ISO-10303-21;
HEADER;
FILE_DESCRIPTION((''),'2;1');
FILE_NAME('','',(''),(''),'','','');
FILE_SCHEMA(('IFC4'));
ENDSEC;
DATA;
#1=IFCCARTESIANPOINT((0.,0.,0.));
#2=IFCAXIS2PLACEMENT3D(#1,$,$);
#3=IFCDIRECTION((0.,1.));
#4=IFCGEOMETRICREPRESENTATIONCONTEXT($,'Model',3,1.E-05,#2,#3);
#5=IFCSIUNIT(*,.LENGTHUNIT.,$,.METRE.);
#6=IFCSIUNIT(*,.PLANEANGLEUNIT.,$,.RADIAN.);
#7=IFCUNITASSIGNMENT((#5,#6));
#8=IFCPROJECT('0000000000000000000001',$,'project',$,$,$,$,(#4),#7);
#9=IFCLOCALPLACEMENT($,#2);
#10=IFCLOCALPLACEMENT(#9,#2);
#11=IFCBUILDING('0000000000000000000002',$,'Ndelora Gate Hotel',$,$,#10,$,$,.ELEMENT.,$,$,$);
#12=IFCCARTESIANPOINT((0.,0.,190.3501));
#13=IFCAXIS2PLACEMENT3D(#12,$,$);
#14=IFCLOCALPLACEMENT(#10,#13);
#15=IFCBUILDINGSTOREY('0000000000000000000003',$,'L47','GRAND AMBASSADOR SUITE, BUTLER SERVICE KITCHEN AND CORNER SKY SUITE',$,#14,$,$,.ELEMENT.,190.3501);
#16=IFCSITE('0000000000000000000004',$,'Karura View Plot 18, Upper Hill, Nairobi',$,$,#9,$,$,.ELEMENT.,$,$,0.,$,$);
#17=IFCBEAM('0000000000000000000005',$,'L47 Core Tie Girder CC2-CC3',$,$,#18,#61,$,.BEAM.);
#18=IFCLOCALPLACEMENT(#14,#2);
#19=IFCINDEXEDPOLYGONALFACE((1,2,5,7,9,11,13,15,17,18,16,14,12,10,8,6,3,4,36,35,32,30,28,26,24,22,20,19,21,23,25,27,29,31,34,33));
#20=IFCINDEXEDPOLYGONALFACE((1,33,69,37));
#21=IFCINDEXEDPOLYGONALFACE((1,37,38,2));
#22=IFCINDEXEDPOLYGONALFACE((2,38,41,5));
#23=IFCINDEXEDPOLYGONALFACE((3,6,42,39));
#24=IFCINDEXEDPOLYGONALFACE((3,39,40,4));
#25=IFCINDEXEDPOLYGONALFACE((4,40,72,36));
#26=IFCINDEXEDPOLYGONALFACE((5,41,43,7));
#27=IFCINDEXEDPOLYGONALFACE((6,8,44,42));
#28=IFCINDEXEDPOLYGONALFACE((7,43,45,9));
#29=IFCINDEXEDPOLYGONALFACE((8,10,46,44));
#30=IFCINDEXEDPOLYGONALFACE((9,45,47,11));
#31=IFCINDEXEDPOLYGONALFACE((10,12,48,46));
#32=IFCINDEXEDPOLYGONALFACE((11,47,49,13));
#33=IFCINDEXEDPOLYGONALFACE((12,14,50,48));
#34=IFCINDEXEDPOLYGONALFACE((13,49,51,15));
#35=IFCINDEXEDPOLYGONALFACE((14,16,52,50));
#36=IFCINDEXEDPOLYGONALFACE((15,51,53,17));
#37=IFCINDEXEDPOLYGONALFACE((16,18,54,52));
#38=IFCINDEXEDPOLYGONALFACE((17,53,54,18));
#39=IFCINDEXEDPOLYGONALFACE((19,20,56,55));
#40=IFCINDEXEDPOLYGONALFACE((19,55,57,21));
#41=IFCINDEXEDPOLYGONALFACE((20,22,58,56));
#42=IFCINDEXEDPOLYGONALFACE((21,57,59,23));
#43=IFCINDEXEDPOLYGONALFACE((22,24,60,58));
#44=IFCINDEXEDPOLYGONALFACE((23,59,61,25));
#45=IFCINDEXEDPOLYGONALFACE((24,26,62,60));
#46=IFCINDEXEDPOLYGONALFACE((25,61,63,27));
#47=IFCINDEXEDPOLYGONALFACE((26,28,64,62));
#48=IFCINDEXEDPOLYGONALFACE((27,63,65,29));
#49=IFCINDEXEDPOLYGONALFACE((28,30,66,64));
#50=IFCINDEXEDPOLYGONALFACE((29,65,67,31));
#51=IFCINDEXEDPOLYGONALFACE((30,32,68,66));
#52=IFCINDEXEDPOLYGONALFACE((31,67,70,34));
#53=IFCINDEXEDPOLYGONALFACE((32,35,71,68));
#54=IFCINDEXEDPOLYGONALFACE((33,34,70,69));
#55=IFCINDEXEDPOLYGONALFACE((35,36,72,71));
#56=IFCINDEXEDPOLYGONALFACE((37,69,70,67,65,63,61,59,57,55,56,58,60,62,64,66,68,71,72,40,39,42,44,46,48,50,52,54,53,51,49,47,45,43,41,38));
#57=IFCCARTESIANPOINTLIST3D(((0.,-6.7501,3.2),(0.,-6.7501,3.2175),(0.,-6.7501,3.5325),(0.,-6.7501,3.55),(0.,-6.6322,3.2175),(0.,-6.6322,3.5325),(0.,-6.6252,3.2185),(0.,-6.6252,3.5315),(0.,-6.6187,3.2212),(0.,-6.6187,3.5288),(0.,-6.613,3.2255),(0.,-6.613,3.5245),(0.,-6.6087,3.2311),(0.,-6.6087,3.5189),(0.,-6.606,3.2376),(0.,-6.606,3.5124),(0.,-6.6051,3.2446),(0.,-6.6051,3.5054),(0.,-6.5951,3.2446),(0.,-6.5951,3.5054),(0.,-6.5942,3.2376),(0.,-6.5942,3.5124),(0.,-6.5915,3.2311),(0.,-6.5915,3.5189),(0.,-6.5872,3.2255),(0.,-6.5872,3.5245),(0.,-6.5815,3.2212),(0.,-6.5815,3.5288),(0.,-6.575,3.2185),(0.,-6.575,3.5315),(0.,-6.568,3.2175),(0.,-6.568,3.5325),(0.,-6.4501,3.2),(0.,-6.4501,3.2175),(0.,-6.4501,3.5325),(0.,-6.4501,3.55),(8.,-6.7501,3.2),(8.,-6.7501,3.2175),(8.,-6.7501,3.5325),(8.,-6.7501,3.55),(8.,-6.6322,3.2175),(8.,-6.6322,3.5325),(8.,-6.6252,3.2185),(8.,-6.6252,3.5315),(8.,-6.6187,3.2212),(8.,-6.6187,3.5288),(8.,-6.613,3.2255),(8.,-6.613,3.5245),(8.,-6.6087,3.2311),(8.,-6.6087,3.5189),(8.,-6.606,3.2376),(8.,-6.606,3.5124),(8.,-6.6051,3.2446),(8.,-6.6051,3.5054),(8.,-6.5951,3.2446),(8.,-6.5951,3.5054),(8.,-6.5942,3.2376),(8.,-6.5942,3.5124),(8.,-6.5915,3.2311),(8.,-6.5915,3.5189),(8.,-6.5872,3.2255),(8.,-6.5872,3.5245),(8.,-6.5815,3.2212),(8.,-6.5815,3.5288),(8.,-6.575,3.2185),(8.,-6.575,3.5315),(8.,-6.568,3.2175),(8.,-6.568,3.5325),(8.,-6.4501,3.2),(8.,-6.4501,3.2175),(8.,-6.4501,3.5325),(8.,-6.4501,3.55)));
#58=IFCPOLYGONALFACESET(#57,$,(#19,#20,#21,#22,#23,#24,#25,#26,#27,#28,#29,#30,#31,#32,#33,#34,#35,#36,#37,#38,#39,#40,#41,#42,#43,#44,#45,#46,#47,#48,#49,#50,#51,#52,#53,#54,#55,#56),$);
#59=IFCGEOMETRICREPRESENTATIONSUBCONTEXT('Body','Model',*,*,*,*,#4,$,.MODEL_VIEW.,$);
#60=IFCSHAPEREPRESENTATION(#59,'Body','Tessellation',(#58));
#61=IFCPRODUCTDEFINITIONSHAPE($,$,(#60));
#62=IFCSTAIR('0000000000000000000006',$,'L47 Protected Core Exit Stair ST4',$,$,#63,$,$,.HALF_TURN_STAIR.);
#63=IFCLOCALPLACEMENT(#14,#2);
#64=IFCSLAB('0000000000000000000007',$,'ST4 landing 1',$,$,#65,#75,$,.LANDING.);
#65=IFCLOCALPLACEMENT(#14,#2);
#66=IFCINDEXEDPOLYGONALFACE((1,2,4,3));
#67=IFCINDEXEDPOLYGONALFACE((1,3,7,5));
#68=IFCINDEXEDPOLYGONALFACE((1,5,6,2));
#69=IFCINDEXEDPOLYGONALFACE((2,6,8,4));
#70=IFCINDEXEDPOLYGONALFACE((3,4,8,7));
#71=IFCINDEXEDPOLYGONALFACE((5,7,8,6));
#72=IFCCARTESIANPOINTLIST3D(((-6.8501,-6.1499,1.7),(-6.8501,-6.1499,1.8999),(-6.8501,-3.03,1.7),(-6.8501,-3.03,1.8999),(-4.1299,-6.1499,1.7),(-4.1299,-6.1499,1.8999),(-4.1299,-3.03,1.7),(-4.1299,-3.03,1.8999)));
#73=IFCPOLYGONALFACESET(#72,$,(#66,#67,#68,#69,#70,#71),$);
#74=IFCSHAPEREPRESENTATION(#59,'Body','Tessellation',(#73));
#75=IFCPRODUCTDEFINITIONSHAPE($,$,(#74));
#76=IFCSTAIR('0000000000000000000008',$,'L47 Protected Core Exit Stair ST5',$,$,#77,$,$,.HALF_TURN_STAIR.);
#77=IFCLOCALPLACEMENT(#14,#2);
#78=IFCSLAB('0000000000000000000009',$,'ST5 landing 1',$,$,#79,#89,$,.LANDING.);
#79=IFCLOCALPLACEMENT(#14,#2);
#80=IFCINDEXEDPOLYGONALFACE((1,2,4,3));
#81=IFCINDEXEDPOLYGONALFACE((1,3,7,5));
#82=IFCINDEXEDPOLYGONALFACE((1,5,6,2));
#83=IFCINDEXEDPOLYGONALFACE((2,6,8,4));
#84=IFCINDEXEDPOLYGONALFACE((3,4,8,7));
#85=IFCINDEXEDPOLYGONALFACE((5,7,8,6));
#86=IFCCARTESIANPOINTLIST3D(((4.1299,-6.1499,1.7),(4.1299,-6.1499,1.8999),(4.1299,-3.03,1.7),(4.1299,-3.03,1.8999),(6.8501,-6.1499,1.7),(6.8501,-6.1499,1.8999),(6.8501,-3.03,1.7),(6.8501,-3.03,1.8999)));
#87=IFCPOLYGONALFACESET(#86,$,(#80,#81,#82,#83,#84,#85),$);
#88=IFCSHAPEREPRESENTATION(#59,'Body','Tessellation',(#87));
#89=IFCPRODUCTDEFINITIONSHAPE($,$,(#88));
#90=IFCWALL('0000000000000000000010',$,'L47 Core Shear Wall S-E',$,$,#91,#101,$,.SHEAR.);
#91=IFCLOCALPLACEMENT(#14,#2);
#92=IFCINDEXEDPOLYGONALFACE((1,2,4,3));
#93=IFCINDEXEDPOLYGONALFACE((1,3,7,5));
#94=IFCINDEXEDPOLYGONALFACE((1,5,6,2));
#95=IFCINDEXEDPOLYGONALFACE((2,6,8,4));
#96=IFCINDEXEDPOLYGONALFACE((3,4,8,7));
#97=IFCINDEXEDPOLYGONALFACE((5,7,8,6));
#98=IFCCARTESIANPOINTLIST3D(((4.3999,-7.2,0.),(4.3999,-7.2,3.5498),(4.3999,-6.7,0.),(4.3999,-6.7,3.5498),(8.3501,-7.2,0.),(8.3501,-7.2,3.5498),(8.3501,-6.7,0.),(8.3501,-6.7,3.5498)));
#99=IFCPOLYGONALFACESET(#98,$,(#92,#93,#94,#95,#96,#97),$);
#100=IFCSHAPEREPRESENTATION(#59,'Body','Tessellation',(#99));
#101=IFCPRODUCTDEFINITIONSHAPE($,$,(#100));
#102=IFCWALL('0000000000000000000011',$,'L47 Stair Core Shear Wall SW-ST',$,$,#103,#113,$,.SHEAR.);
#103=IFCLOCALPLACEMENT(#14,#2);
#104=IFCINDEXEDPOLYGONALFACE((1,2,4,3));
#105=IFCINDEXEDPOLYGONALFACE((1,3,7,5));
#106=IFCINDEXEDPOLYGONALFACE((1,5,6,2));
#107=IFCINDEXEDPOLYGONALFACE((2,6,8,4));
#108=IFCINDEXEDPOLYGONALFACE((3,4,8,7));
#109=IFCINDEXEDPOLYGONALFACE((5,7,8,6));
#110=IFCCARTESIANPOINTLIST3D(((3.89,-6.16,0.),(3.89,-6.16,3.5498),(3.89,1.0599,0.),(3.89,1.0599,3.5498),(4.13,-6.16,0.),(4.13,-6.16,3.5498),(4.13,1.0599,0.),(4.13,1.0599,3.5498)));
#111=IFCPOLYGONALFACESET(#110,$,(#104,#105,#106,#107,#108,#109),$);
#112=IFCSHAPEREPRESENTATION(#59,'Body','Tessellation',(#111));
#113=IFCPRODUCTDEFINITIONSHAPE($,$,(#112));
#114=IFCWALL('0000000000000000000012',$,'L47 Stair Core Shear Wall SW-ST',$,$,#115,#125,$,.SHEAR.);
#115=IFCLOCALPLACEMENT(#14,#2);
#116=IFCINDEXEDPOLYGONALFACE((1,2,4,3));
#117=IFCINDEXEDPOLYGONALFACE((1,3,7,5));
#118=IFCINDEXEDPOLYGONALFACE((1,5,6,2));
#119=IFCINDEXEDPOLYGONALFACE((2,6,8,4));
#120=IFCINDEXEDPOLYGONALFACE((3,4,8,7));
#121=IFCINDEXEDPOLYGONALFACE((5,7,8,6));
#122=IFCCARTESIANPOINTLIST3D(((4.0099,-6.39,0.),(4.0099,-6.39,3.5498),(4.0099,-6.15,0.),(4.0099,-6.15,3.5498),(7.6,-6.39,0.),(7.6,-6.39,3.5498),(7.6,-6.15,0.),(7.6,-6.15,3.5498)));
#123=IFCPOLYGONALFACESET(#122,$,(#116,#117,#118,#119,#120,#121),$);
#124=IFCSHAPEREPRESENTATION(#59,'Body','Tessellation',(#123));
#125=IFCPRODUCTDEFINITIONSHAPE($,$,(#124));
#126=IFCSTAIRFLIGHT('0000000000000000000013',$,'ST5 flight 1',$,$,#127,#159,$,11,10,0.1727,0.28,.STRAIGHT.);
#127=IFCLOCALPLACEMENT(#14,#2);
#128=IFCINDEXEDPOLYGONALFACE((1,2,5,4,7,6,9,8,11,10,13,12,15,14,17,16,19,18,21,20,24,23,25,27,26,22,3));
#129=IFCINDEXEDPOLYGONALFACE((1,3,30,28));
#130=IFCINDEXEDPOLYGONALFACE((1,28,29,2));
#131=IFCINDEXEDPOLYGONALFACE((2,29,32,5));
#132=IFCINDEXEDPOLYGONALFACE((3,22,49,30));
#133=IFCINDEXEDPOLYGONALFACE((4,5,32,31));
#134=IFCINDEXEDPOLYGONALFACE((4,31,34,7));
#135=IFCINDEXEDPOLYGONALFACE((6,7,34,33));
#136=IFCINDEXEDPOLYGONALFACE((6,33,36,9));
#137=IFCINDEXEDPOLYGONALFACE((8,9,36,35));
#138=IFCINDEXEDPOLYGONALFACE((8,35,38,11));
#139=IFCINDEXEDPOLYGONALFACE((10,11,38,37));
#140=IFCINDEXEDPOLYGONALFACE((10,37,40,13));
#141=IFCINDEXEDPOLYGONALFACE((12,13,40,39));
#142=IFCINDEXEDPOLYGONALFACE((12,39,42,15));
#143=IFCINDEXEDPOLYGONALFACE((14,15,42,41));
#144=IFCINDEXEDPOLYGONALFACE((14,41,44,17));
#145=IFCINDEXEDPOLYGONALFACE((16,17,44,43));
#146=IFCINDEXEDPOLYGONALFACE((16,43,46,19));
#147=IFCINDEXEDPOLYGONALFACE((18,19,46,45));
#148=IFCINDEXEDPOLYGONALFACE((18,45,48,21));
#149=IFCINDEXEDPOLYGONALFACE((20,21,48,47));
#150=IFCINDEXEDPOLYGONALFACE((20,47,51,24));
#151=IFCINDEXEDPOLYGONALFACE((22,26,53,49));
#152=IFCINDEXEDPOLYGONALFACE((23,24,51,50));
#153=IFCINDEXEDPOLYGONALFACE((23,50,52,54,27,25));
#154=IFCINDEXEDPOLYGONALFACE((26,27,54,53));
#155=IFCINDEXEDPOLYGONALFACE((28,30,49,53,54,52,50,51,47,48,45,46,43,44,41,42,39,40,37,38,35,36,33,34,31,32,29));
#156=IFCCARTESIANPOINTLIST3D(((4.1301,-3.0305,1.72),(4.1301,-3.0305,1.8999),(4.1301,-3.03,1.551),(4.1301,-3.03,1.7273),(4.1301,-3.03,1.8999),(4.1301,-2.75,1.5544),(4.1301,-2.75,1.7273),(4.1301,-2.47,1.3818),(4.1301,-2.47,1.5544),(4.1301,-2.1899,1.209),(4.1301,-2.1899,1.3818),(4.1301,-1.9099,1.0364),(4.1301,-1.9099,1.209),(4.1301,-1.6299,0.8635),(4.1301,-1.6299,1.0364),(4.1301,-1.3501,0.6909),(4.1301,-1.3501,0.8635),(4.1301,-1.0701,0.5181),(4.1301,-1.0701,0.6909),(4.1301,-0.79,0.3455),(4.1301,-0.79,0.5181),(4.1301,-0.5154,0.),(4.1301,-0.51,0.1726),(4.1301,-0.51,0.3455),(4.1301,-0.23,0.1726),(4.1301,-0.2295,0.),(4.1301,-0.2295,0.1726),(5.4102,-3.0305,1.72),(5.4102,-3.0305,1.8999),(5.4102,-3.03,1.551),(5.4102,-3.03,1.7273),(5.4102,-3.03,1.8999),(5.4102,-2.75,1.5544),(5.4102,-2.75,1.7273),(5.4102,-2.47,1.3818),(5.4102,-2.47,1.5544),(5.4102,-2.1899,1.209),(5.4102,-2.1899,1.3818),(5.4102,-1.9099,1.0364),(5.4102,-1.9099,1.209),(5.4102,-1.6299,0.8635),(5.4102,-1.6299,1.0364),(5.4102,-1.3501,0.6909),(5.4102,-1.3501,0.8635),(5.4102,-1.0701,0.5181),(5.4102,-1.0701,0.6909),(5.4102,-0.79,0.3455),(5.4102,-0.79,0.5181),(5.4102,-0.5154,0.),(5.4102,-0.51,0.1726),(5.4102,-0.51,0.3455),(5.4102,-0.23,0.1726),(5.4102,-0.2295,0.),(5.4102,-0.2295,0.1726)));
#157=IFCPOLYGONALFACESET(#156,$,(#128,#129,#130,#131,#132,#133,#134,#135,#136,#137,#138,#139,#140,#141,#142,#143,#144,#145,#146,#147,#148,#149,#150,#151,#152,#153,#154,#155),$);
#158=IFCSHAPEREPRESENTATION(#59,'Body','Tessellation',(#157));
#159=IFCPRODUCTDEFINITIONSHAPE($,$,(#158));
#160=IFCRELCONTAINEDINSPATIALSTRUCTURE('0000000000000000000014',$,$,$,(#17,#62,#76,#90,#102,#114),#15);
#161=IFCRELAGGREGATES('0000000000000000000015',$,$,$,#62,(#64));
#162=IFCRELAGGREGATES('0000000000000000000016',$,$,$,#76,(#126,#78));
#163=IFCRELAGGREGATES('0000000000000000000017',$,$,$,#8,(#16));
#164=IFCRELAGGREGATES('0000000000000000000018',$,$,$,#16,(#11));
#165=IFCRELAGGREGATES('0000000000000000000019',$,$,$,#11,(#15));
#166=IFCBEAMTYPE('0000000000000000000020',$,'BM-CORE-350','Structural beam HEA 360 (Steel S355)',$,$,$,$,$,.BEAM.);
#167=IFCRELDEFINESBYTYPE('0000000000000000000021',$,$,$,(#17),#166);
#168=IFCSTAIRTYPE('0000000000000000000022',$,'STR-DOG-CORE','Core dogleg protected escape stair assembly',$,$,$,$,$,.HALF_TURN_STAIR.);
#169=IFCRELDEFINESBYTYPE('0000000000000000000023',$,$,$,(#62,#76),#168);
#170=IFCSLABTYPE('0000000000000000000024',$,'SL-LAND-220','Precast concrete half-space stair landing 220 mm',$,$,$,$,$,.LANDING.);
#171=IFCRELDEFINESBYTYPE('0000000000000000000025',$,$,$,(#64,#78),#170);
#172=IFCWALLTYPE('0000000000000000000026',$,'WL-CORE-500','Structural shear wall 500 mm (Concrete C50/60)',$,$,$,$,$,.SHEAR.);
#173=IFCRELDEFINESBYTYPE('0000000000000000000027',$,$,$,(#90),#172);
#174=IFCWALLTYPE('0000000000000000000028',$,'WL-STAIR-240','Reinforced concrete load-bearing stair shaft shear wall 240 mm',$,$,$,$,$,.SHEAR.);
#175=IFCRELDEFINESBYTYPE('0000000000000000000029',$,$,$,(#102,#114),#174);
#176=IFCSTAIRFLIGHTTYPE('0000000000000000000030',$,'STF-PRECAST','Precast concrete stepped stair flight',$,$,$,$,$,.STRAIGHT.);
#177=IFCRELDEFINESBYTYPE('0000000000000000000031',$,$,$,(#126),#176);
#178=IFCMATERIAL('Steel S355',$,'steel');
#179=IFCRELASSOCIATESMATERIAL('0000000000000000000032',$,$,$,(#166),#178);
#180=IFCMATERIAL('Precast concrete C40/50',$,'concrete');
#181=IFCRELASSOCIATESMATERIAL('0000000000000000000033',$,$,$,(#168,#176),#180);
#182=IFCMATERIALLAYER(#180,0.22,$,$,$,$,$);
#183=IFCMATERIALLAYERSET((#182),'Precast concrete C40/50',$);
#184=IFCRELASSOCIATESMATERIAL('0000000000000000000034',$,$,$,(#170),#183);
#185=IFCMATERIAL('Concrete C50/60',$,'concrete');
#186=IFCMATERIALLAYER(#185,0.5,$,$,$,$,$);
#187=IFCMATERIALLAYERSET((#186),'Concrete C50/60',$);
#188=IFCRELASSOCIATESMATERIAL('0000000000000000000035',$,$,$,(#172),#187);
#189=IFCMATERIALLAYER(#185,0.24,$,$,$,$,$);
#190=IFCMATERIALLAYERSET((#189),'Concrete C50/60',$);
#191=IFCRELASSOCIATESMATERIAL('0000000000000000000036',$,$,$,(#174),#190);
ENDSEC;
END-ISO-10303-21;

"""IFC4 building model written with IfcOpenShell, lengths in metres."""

from ifc_helpers import new_model, si_unit, direction, frame, frame_2d, origin, origin_2d, place, context, subcontext, project, spatial, polyline, rectangle, i_section, outline, extrude, material, layer, layer_set, material_profile, profile_set, type_object, element, aggregate, save


model = new_model("IFC4")

# Units and contexts
model_context = context("Model", 3, precision=1e-05, world=origin(), true_north=direction((0.0, 1.0)))
body_context = subcontext(model_context, "Body", "Model", "MODEL_VIEW")
ifc_project = project(units=[si_unit("LENGTHUNIT", "METRE"), si_unit("PLANEANGLEUNIT", "RADIAN")], contexts=[model_context])

# Site, building, storey
site_placement = place(None, origin())
site = spatial("IfcSite", under=ifc_project, at=site_placement, Name="Karura View Plot 18, Upper Hill, Nairobi", CompositionType="ELEMENT", RefElevation=0.0)
building_placement = place(site_placement, origin())
building = spatial("IfcBuilding", under=site, at=building_placement, Name="Ndelora Gate Hotel", CompositionType="ELEMENT")
storey_placement = place(building_placement, frame((0.0, 0.0, 190.3501)))
storey = spatial("IfcBuildingStorey", under=building, at=storey_placement, Name="L47", Description="GRAND AMBASSADOR SUITE, BUTLER SERVICE KITCHEN AND CORNER SKY SUITE", CompositionType="ELEMENT", Elevation=190.3501)

# Beam
ifc_material_1 = material(Name="Steel S355", Category="steel")
ifc_material_profile = material_profile(ifc_material_1, i_section(OverallWidth=0.3, OverallDepth=0.3501, WebThickness=0.01, FlangeThickness=0.0176, FilletRadius=0.0271, at=origin_2d()), Name="HEA 360")
ifc_profile_set = profile_set([ifc_material_profile], Name="Steel S355")
beam_type = type_object("IfcBeamType", Name="BM-CORE-350", Description="Structural beam HEA 360 (Steel S355)", PredefinedType="BEAM", material=ifc_profile_set)
beam_placement = place(storey_placement, frame((0.0, -6.6001, 3.375), z_axis=(1.0, 0.0, 0.0), x_axis=(0.0, 1.0, 0.0)))
element("IfcBeam", 1, at=beam_placement, inside=storey, type_object=beam_type, Name="L47 Core Tie Girder CC2-CC3", PredefinedType="BEAM", context=body_context, shape_type="SweptSolid", body=[
    extrude(i_section(OverallWidth=0.3, OverallDepth=0.3501, WebThickness=0.01, FlangeThickness=0.0176, FilletRadius=0.0271, at=origin_2d()), origin(), (0.0, 0.0, 1.0), 8.0),
])

# Stairs, slabs
ifc_material_2 = material(Name="Precast concrete C40/50", Category="concrete")
stair_type = type_object("IfcStairType", Name="STR-DOG-CORE", Description="Core dogleg protected escape stair assembly", PredefinedType="HALF_TURN_STAIR", material=ifc_material_2)
stair_1_placement = place(storey_placement, origin())
stair_1 = element("IfcStair", 2, at=stair_1_placement, inside=storey, type_object=stair_type, Name="L47 Protected Core Exit Stair ST4", PredefinedType="HALF_TURN_STAIR")
ifc_layer_1 = layer(ifc_material_2, 0.22)
ifc_layer_set_1 = layer_set([ifc_layer_1], Name="Precast concrete C40/50")
slab_type = type_object("IfcSlabType", Name="SL-LAND-220", Description="Precast concrete half-space stair landing 220 mm", PredefinedType="LANDING", material=ifc_layer_set_1)
slab_1_placement = place(storey_placement, frame((0.0, 0.0, 1.7)))
slab_1 = element("IfcSlab", 3, at=slab_1_placement, type_object=slab_type, Name="ST4 landing 1", PredefinedType="LANDING", context=body_context, shape_type="SweptSolid", body=[
    extrude(outline(polyline([(-6.8501, -3.03), (-6.8501, -6.1499), (-4.1299, -6.1499), (-4.1299, -3.03), (-6.8501, -3.03)])), origin(), (0.0, 0.0, 1.0), 0.2),
])
aggregate(stair_1, [slab_1])
stair_2_placement = place(storey_placement, origin())
stair_2 = element("IfcStair", 4, at=stair_2_placement, inside=storey, type_object=stair_type, Name="L47 Protected Core Exit Stair ST5", PredefinedType="HALF_TURN_STAIR")
slab_2_placement = place(storey_placement, frame((0.0, 0.0, 1.7)))
slab_2 = element("IfcSlab", 5, at=slab_2_placement, type_object=slab_type, Name="ST5 landing 1", PredefinedType="LANDING", context=body_context, shape_type="SweptSolid", body=[
    extrude(outline(polyline([(4.1299, -3.03), (4.1299, -6.1499), (6.8501, -6.1499), (6.8501, -3.03), (4.1299, -3.03)])), origin(), (0.0, 0.0, 1.0), 0.2),
])

# Walls
ifc_material_3 = material(Name="Concrete C50/60", Category="concrete")
ifc_layer_2 = layer(ifc_material_3, 0.5)
ifc_layer_set_2 = layer_set([ifc_layer_2], Name="Concrete C50/60")
wall_type_1 = type_object("IfcWallType", Name="WL-CORE-500", Description="Structural shear wall 500 mm (Concrete C50/60)", PredefinedType="SHEAR", material=ifc_layer_set_2)
wall_1_placement = place(storey_placement, frame((4.3999, -6.95, 0.0), z_axis=(0.0, 0.0, 1.0), x_axis=(1.0, 0.0, 0.0)))
element("IfcWall", 6, at=wall_1_placement, inside=storey, type_object=wall_type_1, Name="L47 Core Shear Wall S-E", PredefinedType="SHEAR", context=body_context, shape_type="SweptSolid", body=[
    extrude(rectangle(XDim=3.9502, YDim=0.5, at=frame_2d((1.9751, 0.0))), origin(), (0.0, 0.0, 1.0), 3.5498),
])
ifc_layer_3 = layer(ifc_material_3, 0.24)
ifc_layer_set_3 = layer_set([ifc_layer_3], Name="Concrete C50/60")
wall_type_2 = type_object("IfcWallType", Name="WL-STAIR-240", Description="Reinforced concrete load-bearing stair shaft shear wall 240 mm", PredefinedType="SHEAR", material=ifc_layer_set_3)
wall_2_placement = place(storey_placement, frame((4.01, -6.1599, 0.0), z_axis=(0.0, 0.0, 1.0), x_axis=(0.0, 1.0, 0.0)))
element("IfcWall", 7, at=wall_2_placement, inside=storey, type_object=wall_type_2, Name="L47 Stair Core Shear Wall SW-ST", PredefinedType="SHEAR", context=body_context, shape_type="SweptSolid", body=[
    extrude(rectangle(XDim=7.22, YDim=0.24, at=frame_2d((3.6099, 0.0))), origin(), (0.0, 0.0, 1.0), 3.5498),
])
wall_3_placement = place(storey_placement, frame((4.01, -6.27, 0.0), z_axis=(0.0, 0.0, 1.0), x_axis=(1.0, 0.0, 0.0)))
element("IfcWall", 8, at=wall_3_placement, inside=storey, type_object=wall_type_2, Name="L47 Stair Core Shear Wall SW-ST", PredefinedType="SHEAR", context=body_context, shape_type="SweptSolid", body=[
    extrude(rectangle(XDim=3.5901, YDim=0.24, at=frame_2d((1.7949, 0.0))), origin(), (0.0, 0.0, 1.0), 3.5498),
])

# Stair flight
stair_flight_type = type_object("IfcStairFlightType", Name="STF-PRECAST", Description="Precast concrete stepped stair flight", PredefinedType="STRAIGHT", material=ifc_material_2)
stair_flight_1_placement = place(storey_placement, frame((4.77, -0.23, 0.0), z_axis=(0.0, 0.0, 1.0), x_axis=(0.0, -1.0, 0.0)))
stair_flight_1 = element("IfcStairFlight", 9, at=stair_flight_1_placement, type_object=stair_flight_type, Name="ST5 flight 1", NumberOfRisers=11, NumberOfTreads=10, PredefinedType="STRAIGHT", RiserHeight=0.1727, TreadLength=0.28, context=body_context, shape_type="SweptSolid", body=[
    extrude(outline(polyline([(-0.0005, 0.0), (-0.0005, 0.1726), (0.0, 0.1726), (0.28, 0.1726), (0.28, 0.3455), (0.5601, 0.3455), (0.5601, 0.5181), (0.8401, 0.5181), (0.8401, 0.6909), (1.1201, 0.6909), (1.1201, 0.8635), (1.3999, 0.8635), (1.3999, 1.0364), (1.6799, 1.0364), (1.6799, 1.209), (1.96, 1.209), (1.96, 1.3818), (2.24, 1.3818), (2.24, 1.5544), (2.52, 1.5544), (2.52, 1.7273), (2.8, 1.7273), (2.8, 1.8999), (2.8005, 1.8999), (2.8005, 1.72), (2.8, 1.551), (0.2854, 0.0), (-0.0005, 0.0)])), frame((0.0, 0.6401, 0.0), z_axis=(0.0, -1.0, 0.0), x_axis=(1.0, 0.0, 0.0)), (0.0, 0.0, 1.0), 1.28),
])
aggregate(stair_2, [stair_flight_1, slab_2])

save(model, "model.ifc")
